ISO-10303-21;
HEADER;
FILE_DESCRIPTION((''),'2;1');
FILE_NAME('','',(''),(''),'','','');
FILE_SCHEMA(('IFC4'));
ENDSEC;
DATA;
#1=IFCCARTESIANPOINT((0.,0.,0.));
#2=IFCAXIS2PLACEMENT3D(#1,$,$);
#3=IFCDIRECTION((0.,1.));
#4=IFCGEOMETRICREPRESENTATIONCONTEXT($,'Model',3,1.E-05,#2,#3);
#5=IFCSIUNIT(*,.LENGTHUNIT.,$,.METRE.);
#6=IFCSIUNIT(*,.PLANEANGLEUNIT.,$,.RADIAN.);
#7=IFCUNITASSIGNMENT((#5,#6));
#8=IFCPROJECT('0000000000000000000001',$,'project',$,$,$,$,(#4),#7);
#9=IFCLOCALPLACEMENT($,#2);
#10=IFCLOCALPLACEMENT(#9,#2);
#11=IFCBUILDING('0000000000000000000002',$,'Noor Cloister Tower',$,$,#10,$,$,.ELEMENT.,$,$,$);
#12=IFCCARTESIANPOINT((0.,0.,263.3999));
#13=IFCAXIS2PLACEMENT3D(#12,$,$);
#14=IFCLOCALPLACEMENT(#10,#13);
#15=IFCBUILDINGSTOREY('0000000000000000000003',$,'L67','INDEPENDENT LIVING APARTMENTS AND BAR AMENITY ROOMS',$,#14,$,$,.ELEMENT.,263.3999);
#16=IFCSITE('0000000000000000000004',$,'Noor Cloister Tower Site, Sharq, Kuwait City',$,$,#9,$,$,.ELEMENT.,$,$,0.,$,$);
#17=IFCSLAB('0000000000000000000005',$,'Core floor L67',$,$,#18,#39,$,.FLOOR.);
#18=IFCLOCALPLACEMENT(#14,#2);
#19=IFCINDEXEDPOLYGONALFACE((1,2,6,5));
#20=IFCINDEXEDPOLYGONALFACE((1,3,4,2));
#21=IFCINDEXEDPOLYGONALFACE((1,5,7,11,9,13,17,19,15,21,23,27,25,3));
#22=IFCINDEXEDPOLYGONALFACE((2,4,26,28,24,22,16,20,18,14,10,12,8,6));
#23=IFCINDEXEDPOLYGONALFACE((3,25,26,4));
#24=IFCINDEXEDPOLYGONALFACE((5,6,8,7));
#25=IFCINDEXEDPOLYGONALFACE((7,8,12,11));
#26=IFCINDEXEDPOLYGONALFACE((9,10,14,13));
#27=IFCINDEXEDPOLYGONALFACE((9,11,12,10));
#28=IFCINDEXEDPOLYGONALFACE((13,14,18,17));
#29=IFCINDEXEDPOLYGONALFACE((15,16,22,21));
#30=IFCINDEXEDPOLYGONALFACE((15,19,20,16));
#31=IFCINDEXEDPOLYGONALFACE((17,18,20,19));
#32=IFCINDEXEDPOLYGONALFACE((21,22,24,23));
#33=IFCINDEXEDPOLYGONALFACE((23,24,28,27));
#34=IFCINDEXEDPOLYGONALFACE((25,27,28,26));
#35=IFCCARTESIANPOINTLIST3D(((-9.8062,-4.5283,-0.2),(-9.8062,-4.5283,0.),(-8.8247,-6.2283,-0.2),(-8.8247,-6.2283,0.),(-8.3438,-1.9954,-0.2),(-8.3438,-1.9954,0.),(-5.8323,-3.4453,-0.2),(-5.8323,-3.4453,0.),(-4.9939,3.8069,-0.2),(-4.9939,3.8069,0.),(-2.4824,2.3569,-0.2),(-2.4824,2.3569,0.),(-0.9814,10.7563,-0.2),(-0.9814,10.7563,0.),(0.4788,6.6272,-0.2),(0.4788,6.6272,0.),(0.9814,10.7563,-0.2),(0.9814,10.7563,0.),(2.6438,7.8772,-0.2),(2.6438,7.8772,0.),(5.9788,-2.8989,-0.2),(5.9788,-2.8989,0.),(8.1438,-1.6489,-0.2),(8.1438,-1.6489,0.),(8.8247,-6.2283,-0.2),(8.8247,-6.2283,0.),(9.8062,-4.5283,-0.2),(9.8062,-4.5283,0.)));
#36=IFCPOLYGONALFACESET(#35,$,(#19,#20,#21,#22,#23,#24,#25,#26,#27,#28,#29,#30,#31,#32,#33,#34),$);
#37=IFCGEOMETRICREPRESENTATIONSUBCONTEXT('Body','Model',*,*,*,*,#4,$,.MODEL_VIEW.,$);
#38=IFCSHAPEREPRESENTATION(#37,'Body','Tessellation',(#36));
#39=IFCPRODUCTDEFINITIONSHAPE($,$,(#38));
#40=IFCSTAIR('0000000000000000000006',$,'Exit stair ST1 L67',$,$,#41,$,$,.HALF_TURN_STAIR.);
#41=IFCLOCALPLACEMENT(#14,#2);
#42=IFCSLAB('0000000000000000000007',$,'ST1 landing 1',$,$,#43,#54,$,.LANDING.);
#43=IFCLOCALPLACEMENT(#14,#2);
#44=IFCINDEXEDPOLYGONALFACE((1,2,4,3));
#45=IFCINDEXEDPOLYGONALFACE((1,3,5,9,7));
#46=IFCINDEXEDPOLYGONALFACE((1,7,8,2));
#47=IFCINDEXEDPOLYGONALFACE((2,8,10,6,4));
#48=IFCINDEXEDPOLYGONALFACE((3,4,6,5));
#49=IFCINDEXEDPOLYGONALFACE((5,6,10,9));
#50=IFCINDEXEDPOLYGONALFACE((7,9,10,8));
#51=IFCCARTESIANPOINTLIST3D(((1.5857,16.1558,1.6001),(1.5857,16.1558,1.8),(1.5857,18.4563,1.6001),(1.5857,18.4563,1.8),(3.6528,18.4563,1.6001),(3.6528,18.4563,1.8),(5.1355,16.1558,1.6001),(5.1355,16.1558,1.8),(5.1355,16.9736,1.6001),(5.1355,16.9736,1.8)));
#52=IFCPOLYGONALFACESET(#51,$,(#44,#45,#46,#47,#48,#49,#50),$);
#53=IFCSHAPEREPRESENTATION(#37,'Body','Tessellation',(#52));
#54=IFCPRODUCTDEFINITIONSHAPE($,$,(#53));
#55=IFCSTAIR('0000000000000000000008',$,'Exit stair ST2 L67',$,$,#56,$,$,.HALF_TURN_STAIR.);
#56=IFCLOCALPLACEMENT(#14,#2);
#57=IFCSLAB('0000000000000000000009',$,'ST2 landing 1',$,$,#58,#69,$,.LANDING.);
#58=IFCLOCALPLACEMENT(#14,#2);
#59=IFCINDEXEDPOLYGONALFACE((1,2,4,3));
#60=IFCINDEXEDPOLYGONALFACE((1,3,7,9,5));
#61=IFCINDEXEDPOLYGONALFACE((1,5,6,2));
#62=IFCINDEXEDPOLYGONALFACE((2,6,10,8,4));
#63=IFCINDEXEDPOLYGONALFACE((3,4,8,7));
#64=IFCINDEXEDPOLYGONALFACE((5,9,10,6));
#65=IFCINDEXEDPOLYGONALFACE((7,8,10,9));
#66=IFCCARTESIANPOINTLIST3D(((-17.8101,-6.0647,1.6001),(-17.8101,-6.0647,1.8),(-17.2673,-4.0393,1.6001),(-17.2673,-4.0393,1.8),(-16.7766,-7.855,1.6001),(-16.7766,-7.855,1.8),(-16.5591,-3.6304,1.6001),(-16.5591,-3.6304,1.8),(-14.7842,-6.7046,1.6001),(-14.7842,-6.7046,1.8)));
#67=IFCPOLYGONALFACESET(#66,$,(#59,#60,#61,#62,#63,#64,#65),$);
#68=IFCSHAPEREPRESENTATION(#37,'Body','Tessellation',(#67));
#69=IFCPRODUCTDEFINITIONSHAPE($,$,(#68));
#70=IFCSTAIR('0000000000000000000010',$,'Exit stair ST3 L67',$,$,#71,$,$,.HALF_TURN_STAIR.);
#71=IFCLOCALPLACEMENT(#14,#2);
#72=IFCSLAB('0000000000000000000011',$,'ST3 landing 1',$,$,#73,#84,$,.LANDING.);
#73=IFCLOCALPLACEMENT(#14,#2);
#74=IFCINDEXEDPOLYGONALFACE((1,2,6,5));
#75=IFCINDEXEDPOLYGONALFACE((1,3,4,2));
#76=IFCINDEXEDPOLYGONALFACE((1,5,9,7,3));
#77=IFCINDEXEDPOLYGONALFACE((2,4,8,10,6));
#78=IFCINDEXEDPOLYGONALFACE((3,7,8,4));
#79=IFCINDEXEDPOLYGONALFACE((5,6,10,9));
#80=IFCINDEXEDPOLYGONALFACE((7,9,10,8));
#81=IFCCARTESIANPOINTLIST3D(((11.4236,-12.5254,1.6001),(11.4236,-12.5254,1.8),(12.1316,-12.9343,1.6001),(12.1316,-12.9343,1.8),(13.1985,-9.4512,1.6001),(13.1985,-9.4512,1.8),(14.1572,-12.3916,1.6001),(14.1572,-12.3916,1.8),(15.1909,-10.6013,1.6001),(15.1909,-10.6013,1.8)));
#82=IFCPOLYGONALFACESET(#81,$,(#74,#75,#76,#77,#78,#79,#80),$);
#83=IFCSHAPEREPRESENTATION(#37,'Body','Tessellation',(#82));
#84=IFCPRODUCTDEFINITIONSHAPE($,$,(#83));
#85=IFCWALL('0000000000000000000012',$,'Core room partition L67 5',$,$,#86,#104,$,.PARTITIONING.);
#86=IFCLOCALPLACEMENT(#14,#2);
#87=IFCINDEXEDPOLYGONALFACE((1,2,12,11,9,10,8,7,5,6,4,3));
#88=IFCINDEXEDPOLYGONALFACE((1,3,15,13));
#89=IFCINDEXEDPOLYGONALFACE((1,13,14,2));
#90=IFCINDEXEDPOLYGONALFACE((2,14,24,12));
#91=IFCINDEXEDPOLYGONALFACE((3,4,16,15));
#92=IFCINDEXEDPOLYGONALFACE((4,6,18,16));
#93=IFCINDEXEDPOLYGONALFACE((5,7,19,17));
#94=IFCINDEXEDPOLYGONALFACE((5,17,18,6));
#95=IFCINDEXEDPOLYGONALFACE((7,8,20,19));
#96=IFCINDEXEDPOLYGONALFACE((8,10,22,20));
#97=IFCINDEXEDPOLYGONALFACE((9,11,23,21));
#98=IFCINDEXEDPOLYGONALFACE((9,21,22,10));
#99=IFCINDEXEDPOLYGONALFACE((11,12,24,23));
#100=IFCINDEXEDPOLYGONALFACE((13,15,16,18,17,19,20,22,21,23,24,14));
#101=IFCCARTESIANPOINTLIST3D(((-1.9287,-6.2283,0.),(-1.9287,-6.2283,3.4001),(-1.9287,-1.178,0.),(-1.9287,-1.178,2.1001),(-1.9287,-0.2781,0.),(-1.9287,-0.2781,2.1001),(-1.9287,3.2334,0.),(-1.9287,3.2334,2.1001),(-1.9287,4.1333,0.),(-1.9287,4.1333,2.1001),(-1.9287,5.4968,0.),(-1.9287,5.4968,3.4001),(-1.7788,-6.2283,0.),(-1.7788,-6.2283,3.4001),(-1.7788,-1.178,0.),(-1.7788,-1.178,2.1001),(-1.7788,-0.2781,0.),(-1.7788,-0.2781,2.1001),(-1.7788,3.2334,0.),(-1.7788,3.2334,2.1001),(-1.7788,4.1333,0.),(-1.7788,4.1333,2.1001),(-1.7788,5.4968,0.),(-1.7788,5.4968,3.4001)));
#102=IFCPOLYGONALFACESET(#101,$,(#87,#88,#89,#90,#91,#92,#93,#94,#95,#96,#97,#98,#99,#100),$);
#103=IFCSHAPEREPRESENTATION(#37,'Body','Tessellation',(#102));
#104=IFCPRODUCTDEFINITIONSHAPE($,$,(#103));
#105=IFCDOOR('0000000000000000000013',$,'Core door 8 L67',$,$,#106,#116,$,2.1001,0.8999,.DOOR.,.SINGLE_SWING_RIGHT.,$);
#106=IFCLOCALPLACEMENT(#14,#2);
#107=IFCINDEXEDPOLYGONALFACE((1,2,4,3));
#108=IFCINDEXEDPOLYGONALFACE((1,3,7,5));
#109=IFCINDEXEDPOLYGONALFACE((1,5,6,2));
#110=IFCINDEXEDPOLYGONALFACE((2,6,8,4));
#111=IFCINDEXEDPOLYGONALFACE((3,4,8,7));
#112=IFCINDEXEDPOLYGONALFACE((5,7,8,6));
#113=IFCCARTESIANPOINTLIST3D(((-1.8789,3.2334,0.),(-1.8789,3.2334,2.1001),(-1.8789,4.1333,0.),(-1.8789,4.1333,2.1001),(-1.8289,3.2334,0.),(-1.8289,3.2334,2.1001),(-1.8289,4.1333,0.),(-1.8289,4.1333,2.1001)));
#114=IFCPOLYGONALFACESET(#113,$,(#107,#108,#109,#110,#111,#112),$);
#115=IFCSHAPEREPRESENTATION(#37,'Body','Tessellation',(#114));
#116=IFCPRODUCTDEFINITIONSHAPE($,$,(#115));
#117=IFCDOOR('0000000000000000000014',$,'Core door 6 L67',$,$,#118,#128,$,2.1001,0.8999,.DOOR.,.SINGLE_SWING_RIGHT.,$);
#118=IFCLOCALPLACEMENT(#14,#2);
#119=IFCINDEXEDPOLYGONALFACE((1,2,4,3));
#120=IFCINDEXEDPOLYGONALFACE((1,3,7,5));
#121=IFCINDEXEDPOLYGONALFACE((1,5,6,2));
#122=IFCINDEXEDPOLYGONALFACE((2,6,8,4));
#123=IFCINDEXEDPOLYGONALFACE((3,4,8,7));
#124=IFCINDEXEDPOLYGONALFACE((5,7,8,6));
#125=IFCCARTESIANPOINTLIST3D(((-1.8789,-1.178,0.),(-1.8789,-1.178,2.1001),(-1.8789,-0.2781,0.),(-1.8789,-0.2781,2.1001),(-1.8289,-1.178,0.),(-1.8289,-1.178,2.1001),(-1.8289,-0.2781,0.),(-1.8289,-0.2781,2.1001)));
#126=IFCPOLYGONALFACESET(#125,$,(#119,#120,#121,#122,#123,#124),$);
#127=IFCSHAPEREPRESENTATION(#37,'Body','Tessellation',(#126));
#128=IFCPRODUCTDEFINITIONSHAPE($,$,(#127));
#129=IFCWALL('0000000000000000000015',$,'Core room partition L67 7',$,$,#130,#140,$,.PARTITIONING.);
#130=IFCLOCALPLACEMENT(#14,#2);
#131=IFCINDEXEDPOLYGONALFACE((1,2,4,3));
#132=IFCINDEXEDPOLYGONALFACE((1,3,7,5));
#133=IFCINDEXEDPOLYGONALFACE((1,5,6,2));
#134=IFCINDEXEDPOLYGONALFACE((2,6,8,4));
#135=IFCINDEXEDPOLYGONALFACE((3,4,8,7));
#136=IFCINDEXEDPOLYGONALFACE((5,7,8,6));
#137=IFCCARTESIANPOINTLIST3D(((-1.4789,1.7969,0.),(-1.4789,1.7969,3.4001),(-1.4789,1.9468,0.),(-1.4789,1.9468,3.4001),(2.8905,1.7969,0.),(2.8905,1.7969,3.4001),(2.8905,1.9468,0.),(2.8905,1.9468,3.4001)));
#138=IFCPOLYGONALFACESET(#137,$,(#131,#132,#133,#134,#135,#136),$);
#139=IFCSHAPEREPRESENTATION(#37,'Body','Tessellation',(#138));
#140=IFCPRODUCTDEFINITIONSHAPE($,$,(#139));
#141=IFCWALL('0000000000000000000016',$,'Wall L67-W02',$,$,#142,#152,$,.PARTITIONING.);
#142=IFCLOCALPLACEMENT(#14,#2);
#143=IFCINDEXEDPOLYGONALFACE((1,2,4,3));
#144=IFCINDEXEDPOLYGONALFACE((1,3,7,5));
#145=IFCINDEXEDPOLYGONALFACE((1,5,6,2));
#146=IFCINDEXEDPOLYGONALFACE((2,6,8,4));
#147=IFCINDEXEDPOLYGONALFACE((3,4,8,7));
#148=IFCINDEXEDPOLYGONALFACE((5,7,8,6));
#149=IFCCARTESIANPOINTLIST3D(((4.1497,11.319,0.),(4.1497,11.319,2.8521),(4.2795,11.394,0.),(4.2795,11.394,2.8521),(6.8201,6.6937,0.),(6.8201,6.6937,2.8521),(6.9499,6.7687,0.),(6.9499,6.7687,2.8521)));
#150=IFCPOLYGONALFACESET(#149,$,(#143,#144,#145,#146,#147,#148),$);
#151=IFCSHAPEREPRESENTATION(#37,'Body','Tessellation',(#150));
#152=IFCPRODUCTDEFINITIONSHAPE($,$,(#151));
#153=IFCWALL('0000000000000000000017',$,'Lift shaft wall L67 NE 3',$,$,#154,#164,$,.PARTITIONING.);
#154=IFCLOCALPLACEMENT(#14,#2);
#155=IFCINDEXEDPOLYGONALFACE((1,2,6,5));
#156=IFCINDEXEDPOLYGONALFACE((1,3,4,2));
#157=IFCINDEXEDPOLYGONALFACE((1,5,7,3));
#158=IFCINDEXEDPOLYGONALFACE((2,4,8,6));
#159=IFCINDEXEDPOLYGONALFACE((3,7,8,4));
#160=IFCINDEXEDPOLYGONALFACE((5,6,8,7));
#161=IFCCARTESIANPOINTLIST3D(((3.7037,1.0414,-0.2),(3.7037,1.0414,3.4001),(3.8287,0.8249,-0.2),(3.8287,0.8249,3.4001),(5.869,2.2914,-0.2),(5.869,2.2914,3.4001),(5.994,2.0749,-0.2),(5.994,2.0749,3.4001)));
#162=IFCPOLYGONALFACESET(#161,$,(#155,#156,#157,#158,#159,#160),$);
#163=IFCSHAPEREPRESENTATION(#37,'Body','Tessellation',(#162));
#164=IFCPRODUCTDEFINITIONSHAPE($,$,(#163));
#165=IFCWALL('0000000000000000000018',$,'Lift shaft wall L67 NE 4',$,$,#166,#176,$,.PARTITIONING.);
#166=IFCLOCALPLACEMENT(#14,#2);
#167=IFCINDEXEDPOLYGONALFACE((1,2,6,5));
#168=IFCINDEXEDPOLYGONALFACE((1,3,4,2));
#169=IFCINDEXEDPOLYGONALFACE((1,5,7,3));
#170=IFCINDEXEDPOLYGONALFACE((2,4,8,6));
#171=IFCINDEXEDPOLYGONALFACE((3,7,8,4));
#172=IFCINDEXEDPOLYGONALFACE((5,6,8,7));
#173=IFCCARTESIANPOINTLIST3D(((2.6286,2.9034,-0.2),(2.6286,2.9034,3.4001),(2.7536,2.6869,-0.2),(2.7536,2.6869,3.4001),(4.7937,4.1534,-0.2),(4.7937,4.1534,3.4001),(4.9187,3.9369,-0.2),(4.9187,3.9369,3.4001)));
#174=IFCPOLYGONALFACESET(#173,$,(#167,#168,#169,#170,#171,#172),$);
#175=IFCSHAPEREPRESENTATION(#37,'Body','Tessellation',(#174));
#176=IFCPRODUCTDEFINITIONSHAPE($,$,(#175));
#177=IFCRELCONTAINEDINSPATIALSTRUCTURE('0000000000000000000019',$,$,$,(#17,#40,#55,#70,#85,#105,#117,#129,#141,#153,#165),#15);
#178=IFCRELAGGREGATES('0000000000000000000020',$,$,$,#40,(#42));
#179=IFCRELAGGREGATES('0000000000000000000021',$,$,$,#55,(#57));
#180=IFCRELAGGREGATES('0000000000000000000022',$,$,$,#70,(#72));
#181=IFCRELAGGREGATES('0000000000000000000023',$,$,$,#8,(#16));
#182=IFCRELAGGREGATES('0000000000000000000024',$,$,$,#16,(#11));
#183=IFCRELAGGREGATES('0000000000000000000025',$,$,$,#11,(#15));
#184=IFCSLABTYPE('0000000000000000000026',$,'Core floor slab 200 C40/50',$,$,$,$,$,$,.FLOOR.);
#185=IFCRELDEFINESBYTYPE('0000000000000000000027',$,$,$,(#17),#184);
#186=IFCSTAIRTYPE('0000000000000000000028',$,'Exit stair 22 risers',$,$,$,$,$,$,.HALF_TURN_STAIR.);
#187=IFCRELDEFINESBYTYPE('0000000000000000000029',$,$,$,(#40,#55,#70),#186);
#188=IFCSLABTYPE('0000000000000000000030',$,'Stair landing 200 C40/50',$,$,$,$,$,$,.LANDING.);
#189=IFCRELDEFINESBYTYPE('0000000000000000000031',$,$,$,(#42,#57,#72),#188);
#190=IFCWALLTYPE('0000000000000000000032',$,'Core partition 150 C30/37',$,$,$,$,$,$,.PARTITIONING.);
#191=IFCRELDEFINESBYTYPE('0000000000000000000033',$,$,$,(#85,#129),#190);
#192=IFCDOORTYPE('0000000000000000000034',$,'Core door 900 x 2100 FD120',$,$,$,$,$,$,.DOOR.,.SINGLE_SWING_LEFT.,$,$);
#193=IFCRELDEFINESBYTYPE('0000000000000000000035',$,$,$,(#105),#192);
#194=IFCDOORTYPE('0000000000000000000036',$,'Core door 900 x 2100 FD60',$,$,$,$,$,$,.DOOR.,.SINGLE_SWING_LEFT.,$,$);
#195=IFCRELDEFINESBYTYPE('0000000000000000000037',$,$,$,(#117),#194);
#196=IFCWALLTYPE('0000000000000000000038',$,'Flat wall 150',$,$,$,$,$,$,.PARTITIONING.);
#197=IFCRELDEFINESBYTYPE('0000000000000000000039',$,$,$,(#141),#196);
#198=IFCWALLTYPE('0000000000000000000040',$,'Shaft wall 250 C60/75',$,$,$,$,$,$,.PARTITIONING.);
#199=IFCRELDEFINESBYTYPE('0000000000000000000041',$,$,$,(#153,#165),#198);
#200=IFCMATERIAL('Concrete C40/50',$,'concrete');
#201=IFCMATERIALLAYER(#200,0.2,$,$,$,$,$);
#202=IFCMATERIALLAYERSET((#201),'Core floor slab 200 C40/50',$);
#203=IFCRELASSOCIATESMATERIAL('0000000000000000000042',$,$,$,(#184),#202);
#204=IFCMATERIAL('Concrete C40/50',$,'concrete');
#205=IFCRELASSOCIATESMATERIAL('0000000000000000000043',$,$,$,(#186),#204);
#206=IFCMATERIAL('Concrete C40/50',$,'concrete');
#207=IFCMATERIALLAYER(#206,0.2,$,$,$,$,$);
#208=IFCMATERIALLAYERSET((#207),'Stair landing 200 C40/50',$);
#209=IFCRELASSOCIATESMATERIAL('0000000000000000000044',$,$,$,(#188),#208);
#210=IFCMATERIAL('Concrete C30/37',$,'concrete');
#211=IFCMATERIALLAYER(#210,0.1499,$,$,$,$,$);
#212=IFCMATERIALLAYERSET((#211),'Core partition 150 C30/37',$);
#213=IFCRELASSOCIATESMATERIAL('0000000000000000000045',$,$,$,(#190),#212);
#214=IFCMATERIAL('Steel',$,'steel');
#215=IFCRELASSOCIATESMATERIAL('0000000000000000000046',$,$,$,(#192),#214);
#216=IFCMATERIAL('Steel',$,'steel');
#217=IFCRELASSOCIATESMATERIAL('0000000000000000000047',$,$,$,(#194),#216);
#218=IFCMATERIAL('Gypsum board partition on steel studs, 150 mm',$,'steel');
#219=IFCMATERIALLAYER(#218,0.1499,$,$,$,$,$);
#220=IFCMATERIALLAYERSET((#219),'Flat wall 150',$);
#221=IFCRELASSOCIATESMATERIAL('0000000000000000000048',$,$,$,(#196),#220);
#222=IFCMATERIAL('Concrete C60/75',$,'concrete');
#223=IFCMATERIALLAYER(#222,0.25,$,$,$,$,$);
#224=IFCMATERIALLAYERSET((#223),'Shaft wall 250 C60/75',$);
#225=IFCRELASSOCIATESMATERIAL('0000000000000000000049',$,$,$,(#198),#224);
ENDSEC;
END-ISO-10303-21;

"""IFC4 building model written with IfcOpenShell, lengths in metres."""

from ifc_helpers import new_model, si_unit, direction, frame, frame_2d, origin, place, context, subcontext, project, spatial, polyline, rectangle, outline, extrude, material, layer, layer_set, type_object, element, fill, aggregate, save


model = new_model("IFC4")

# Units and contexts
model_context = context("Model", 3, precision=1e-05, world=origin(), true_north=direction((0.0, 1.0)))
body_context = subcontext(model_context, "Body", "Model", "MODEL_VIEW")
ifc_project = project(units=[si_unit("LENGTHUNIT", "METRE"), si_unit("PLANEANGLEUNIT", "RADIAN")], contexts=[model_context])

# Site, building, storey
site_placement = place(None, origin())
site = spatial("IfcSite", under=ifc_project, at=site_placement, Name="Noor Cloister Tower Site, Sharq, Kuwait City", CompositionType="ELEMENT", RefElevation=0.0)
building_placement = place(site_placement, origin())
building = spatial("IfcBuilding", under=site, at=building_placement, Name="Noor Cloister Tower", CompositionType="ELEMENT")
storey_placement = place(building_placement, frame((0.0, 0.0, 263.3999)))
storey = spatial("IfcBuildingStorey", under=building, at=storey_placement, Name="L67", Description="INDEPENDENT LIVING APARTMENTS AND BAR AMENITY ROOMS", CompositionType="ELEMENT", Elevation=263.3999)

# Slab
ifc_material_1 = material(Name="Concrete C40/50", Category="concrete")
ifc_layer_1 = layer(ifc_material_1, 0.2)
ifc_layer_set_1 = layer_set([ifc_layer_1], Name="Core floor slab 200 C40/50")
slab_type_1 = type_object("IfcSlabType", Name="Core floor slab 200 C40/50", PredefinedType="FLOOR", material=ifc_layer_set_1)
slab_1_placement = place(storey_placement, frame((0.0, 0.0, -0.2)))
element("IfcSlab", 1, at=slab_1_placement, inside=storey, type_object=slab_type_1, Name="Core floor L67", PredefinedType="FLOOR", context=body_context, shape_type="SweptSolid", body=[
    extrude(outline(polyline([(2.6438, 7.8772), (0.9814, 10.7563), (-0.9814, 10.7563), (-4.9939, 3.8069), (-2.4824, 2.3569), (-5.8323, -3.4453), (-8.3438, -1.9954), (-9.8062, -4.5283), (-8.8247, -6.2283), (8.8247, -6.2283), (9.8062, -4.5283), (8.1438, -1.6489), (5.9788, -2.8989), (0.4788, 6.6272), (2.6438, 7.8772)])), origin(), (0.0, 0.0, 1.0), 0.2),
])

# Stairs, slabs
ifc_material_2 = material(Name="Concrete C40/50", Category="concrete")
stair_type = type_object("IfcStairType", Name="Exit stair 22 risers", PredefinedType="HALF_TURN_STAIR", material=ifc_material_2)
stair_1_placement = place(storey_placement, origin())
stair_1 = element("IfcStair", 2, at=stair_1_placement, inside=storey, type_object=stair_type, Name="Exit stair ST1 L67", PredefinedType="HALF_TURN_STAIR")
ifc_material_3 = material(Name="Concrete C40/50", Category="concrete")
ifc_layer_2 = layer(ifc_material_3, 0.2)
ifc_layer_set_2 = layer_set([ifc_layer_2], Name="Stair landing 200 C40/50")
slab_type_2 = type_object("IfcSlabType", Name="Stair landing 200 C40/50", PredefinedType="LANDING", material=ifc_layer_set_2)
slab_2_placement = place(storey_placement, frame((0.0, 0.0, 1.6001)))
slab_2 = element("IfcSlab", 3, at=slab_2_placement, type_object=slab_type_2, Name="ST1 landing 1", PredefinedType="LANDING", context=body_context, shape_type="SweptSolid", body=[
    extrude(outline(polyline([(5.1355, 16.1558), (5.1355, 16.9736), (3.6528, 18.4563), (1.5857, 18.4563), (1.5857, 16.1558), (5.1355, 16.1558)])), origin(), (0.0, 0.0, 1.0), 0.2),
])
aggregate(stair_1, [slab_2])
stair_2_placement = place(storey_placement, origin())
stair_2 = element("IfcStair", 4, at=stair_2_placement, inside=storey, type_object=stair_type, Name="Exit stair ST2 L67", PredefinedType="HALF_TURN_STAIR")
slab_3_placement = place(storey_placement, frame((0.0, 0.0, 1.6001)))
slab_3 = element("IfcSlab", 5, at=slab_3_placement, type_object=slab_type_2, Name="ST2 landing 1", PredefinedType="LANDING", context=body_context, shape_type="SweptSolid", body=[
    extrude(outline(polyline([(-16.5591, -3.6304), (-17.2673, -4.0393), (-17.8101, -6.0647), (-16.7766, -7.855), (-14.7842, -6.7046), (-16.5591, -3.6304)])), origin(), (0.0, 0.0, 1.0), 0.2),
])
aggregate(stair_2, [slab_3])
stair_3_placement = place(storey_placement, origin())
stair_3 = element("IfcStair", 6, at=stair_3_placement, inside=storey, type_object=stair_type, Name="Exit stair ST3 L67", PredefinedType="HALF_TURN_STAIR")
slab_4_placement = place(storey_placement, frame((0.0, 0.0, 1.6001)))
slab_4 = element("IfcSlab", 7, at=slab_4_placement, type_object=slab_type_2, Name="ST3 landing 1", PredefinedType="LANDING", context=body_context, shape_type="SweptSolid", body=[
    extrude(outline(polyline([(11.4236, -12.5254), (12.1316, -12.9343), (14.1572, -12.3916), (15.1909, -10.6013), (13.1985, -9.4512), (11.4236, -12.5254)])), origin(), (0.0, 0.0, 1.0), 0.2),
])
aggregate(stair_3, [slab_4])

# Wall, openings, doors
ifc_material_4 = material(Name="Concrete C30/37", Category="concrete")
ifc_layer_3 = layer(ifc_material_4, 0.1499)
ifc_layer_set_3 = layer_set([ifc_layer_3], Name="Core partition 150 C30/37")
wall_type_1 = type_object("IfcWallType", Name="Core partition 150 C30/37", PredefinedType="PARTITIONING", material=ifc_layer_set_3)
wall_1_placement = place(storey_placement, frame((-1.8538, 5.4968, 0.0), z_axis=(0.0, 0.0, 1.0), x_axis=(0.0, -1.0, 0.0)))
wall_1 = element("IfcWall", 8, at=wall_1_placement, inside=storey, type_object=wall_type_1, Name="Core room partition L67 5", PredefinedType="PARTITIONING", context=body_context, shape_type="SweptSolid", body=[
    extrude(rectangle(XDim=11.7251, YDim=0.1499, at=frame_2d((5.8625, 0.0))), origin(), (0.0, 0.0, 1.0), 3.4001),
])
opening_1_placement = place(wall_1_placement, frame((5.7749, 0.0, 0.0)))
opening_1 = element("IfcOpeningElement", 9, at=opening_1_placement, cuts=wall_1, PredefinedType="OPENING", context=body_context, shape_type="SweptSolid", body=[
    extrude(rectangle(XDim=0.8999, YDim=2.1001, at=frame_2d((0.45, 1.05))), frame((0.0, 0.085, 0.0), z_axis=(0.0, -1.0, 0.0), x_axis=(1.0, 0.0, 0.0)), (0.0, 0.0, 1.0), 0.1699),
])
opening_2_placement = place(wall_1_placement, frame((1.3635, 0.0, 0.0)))
opening_2 = element("IfcOpeningElement", 10, at=opening_2_placement, cuts=wall_1, PredefinedType="OPENING", context=body_context, shape_type="SweptSolid", body=[
    extrude(rectangle(XDim=0.8999, YDim=2.1001, at=frame_2d((0.45, 1.05))), frame((0.0, 0.085, 0.0), z_axis=(0.0, -1.0, 0.0), x_axis=(1.0, 0.0, 0.0)), (0.0, 0.0, 1.0), 0.1699),
])
ifc_material_5 = material(Name="Steel", Category="steel")
door_type_1 = type_object("IfcDoorType", Name="Core door 900 x 2100 FD120", OperationType="SINGLE_SWING_LEFT", PredefinedType="DOOR", material=ifc_material_5)
door_1_placement = place(opening_2_placement, origin())
door_1 = element("IfcDoor", 11, at=door_1_placement, inside=storey, type_object=door_type_1, Name="Core door 8 L67", OperationType="SINGLE_SWING_RIGHT", OverallHeight=2.1001, OverallWidth=0.8999, PredefinedType="DOOR", context=body_context, shape_type="SweptSolid", body=[
    extrude(rectangle(XDim=0.8999, YDim=2.1001, at=frame_2d((0.45, 1.05))), frame((0.0, 0.0249, 0.0), z_axis=(0.0, -1.0, 0.0), x_axis=(1.0, 0.0, 0.0)), (0.0, 0.0, 1.0), 0.05),
])
fill(opening_2, door_1)
ifc_material_6 = material(Name="Steel", Category="steel")
door_type_2 = type_object("IfcDoorType", Name="Core door 900 x 2100 FD60", OperationType="SINGLE_SWING_LEFT", PredefinedType="DOOR", material=ifc_material_6)
door_2_placement = place(opening_1_placement, origin())
door_2 = element("IfcDoor", 12, at=door_2_placement, inside=storey, type_object=door_type_2, Name="Core door 6 L67", OperationType="SINGLE_SWING_RIGHT", OverallHeight=2.1001, OverallWidth=0.8999, PredefinedType="DOOR", context=body_context, shape_type="SweptSolid", body=[
    extrude(rectangle(XDim=0.8999, YDim=2.1001, at=frame_2d((0.45, 1.05))), frame((0.0, 0.0249, 0.0), z_axis=(0.0, -1.0, 0.0), x_axis=(1.0, 0.0, 0.0)), (0.0, 0.0, 1.0), 0.05),
])
fill(opening_1, door_2)

# Walls
wall_2_placement = place(storey_placement, frame((-1.4788, 1.8718, 0.0), z_axis=(0.0, 0.0, 1.0), x_axis=(1.0, 0.0, 0.0)))
element("IfcWall", 13, at=wall_2_placement, inside=storey, type_object=wall_type_1, Name="Core room partition L67 7", PredefinedType="PARTITIONING", context=body_context, shape_type="SweptSolid", body=[
    extrude(rectangle(XDim=4.3694, YDim=0.1499, at=frame_2d((2.1846, 0.0))), origin(), (0.0, 0.0, 1.0), 3.4001),
])
ifc_material_7 = material(Name="Gypsum board partition on steel studs, 150 mm", Category="steel")
ifc_layer_4 = layer(ifc_material_7, 0.1499)
ifc_layer_set_4 = layer_set([ifc_layer_4], Name="Flat wall 150")
wall_type_2 = type_object("IfcWallType", Name="Flat wall 150", PredefinedType="PARTITIONING", material=ifc_layer_set_4)
wall_3_placement = place(storey_placement, frame((6.885, 6.7312, 0.0), z_axis=(0.0, 0.0, 1.0), x_axis=(-0.500003, 0.866023, 0.0)))
element("IfcWall", 14, at=wall_3_placement, inside=storey, type_object=wall_type_2, Name="Wall L67-W02", PredefinedType="PARTITIONING", context=body_context, shape_type="SweptSolid", body=[
    extrude(rectangle(XDim=5.3408, YDim=0.1499, at=frame_2d((2.6704, 0.0))), origin(), (0.0, 0.0, 1.0), 2.8521),
])
ifc_material_8 = material(Name="Concrete C60/75", Category="concrete")
ifc_layer_5 = layer(ifc_material_8, 0.25)
ifc_layer_set_5 = layer_set([ifc_layer_5], Name="Shaft wall 250 C60/75")
wall_type_3 = type_object("IfcWallType", Name="Shaft wall 250 C60/75", PredefinedType="PARTITIONING", material=ifc_layer_set_5)
wall_4_placement = place(storey_placement, frame((5.9314, 2.1831, -0.2), z_axis=(0.0, 0.0, 1.0), x_axis=(-0.866047, -0.499962, 0.0)))
element("IfcWall", 15, at=wall_4_placement, inside=storey, type_object=wall_type_3, Name="Lift shaft wall L67 NE 3", PredefinedType="PARTITIONING", context=body_context, shape_type="SweptSolid", body=[
    extrude(rectangle(XDim=2.5002, YDim=0.25, at=frame_2d((1.25, 0.0))), origin(), (0.0, 0.0, 1.0), 3.6001),
])
for number, where, z_axis, x_axis, name in (
    (16, (4.8562, 4.0452, -0.2), (0.0, 0.0, 1.0), (-0.866023, -0.500004, 0.0), "Lift shaft wall L67 NE 4"),
):
    element("IfcWall", number, at=place(storey_placement, frame(where, z_axis=z_axis, x_axis=x_axis)), inside=storey, type_object=wall_type_3, Name=name, PredefinedType="PARTITIONING", context=body_context, shape_type="SweptSolid", body=[
        extrude(rectangle(XDim=2.5, YDim=0.25, at=frame_2d((1.25, 0.0))), origin(), (0.0, 0.0, 1.0), 3.6001),
    ])

save(model, "model.ifc")
